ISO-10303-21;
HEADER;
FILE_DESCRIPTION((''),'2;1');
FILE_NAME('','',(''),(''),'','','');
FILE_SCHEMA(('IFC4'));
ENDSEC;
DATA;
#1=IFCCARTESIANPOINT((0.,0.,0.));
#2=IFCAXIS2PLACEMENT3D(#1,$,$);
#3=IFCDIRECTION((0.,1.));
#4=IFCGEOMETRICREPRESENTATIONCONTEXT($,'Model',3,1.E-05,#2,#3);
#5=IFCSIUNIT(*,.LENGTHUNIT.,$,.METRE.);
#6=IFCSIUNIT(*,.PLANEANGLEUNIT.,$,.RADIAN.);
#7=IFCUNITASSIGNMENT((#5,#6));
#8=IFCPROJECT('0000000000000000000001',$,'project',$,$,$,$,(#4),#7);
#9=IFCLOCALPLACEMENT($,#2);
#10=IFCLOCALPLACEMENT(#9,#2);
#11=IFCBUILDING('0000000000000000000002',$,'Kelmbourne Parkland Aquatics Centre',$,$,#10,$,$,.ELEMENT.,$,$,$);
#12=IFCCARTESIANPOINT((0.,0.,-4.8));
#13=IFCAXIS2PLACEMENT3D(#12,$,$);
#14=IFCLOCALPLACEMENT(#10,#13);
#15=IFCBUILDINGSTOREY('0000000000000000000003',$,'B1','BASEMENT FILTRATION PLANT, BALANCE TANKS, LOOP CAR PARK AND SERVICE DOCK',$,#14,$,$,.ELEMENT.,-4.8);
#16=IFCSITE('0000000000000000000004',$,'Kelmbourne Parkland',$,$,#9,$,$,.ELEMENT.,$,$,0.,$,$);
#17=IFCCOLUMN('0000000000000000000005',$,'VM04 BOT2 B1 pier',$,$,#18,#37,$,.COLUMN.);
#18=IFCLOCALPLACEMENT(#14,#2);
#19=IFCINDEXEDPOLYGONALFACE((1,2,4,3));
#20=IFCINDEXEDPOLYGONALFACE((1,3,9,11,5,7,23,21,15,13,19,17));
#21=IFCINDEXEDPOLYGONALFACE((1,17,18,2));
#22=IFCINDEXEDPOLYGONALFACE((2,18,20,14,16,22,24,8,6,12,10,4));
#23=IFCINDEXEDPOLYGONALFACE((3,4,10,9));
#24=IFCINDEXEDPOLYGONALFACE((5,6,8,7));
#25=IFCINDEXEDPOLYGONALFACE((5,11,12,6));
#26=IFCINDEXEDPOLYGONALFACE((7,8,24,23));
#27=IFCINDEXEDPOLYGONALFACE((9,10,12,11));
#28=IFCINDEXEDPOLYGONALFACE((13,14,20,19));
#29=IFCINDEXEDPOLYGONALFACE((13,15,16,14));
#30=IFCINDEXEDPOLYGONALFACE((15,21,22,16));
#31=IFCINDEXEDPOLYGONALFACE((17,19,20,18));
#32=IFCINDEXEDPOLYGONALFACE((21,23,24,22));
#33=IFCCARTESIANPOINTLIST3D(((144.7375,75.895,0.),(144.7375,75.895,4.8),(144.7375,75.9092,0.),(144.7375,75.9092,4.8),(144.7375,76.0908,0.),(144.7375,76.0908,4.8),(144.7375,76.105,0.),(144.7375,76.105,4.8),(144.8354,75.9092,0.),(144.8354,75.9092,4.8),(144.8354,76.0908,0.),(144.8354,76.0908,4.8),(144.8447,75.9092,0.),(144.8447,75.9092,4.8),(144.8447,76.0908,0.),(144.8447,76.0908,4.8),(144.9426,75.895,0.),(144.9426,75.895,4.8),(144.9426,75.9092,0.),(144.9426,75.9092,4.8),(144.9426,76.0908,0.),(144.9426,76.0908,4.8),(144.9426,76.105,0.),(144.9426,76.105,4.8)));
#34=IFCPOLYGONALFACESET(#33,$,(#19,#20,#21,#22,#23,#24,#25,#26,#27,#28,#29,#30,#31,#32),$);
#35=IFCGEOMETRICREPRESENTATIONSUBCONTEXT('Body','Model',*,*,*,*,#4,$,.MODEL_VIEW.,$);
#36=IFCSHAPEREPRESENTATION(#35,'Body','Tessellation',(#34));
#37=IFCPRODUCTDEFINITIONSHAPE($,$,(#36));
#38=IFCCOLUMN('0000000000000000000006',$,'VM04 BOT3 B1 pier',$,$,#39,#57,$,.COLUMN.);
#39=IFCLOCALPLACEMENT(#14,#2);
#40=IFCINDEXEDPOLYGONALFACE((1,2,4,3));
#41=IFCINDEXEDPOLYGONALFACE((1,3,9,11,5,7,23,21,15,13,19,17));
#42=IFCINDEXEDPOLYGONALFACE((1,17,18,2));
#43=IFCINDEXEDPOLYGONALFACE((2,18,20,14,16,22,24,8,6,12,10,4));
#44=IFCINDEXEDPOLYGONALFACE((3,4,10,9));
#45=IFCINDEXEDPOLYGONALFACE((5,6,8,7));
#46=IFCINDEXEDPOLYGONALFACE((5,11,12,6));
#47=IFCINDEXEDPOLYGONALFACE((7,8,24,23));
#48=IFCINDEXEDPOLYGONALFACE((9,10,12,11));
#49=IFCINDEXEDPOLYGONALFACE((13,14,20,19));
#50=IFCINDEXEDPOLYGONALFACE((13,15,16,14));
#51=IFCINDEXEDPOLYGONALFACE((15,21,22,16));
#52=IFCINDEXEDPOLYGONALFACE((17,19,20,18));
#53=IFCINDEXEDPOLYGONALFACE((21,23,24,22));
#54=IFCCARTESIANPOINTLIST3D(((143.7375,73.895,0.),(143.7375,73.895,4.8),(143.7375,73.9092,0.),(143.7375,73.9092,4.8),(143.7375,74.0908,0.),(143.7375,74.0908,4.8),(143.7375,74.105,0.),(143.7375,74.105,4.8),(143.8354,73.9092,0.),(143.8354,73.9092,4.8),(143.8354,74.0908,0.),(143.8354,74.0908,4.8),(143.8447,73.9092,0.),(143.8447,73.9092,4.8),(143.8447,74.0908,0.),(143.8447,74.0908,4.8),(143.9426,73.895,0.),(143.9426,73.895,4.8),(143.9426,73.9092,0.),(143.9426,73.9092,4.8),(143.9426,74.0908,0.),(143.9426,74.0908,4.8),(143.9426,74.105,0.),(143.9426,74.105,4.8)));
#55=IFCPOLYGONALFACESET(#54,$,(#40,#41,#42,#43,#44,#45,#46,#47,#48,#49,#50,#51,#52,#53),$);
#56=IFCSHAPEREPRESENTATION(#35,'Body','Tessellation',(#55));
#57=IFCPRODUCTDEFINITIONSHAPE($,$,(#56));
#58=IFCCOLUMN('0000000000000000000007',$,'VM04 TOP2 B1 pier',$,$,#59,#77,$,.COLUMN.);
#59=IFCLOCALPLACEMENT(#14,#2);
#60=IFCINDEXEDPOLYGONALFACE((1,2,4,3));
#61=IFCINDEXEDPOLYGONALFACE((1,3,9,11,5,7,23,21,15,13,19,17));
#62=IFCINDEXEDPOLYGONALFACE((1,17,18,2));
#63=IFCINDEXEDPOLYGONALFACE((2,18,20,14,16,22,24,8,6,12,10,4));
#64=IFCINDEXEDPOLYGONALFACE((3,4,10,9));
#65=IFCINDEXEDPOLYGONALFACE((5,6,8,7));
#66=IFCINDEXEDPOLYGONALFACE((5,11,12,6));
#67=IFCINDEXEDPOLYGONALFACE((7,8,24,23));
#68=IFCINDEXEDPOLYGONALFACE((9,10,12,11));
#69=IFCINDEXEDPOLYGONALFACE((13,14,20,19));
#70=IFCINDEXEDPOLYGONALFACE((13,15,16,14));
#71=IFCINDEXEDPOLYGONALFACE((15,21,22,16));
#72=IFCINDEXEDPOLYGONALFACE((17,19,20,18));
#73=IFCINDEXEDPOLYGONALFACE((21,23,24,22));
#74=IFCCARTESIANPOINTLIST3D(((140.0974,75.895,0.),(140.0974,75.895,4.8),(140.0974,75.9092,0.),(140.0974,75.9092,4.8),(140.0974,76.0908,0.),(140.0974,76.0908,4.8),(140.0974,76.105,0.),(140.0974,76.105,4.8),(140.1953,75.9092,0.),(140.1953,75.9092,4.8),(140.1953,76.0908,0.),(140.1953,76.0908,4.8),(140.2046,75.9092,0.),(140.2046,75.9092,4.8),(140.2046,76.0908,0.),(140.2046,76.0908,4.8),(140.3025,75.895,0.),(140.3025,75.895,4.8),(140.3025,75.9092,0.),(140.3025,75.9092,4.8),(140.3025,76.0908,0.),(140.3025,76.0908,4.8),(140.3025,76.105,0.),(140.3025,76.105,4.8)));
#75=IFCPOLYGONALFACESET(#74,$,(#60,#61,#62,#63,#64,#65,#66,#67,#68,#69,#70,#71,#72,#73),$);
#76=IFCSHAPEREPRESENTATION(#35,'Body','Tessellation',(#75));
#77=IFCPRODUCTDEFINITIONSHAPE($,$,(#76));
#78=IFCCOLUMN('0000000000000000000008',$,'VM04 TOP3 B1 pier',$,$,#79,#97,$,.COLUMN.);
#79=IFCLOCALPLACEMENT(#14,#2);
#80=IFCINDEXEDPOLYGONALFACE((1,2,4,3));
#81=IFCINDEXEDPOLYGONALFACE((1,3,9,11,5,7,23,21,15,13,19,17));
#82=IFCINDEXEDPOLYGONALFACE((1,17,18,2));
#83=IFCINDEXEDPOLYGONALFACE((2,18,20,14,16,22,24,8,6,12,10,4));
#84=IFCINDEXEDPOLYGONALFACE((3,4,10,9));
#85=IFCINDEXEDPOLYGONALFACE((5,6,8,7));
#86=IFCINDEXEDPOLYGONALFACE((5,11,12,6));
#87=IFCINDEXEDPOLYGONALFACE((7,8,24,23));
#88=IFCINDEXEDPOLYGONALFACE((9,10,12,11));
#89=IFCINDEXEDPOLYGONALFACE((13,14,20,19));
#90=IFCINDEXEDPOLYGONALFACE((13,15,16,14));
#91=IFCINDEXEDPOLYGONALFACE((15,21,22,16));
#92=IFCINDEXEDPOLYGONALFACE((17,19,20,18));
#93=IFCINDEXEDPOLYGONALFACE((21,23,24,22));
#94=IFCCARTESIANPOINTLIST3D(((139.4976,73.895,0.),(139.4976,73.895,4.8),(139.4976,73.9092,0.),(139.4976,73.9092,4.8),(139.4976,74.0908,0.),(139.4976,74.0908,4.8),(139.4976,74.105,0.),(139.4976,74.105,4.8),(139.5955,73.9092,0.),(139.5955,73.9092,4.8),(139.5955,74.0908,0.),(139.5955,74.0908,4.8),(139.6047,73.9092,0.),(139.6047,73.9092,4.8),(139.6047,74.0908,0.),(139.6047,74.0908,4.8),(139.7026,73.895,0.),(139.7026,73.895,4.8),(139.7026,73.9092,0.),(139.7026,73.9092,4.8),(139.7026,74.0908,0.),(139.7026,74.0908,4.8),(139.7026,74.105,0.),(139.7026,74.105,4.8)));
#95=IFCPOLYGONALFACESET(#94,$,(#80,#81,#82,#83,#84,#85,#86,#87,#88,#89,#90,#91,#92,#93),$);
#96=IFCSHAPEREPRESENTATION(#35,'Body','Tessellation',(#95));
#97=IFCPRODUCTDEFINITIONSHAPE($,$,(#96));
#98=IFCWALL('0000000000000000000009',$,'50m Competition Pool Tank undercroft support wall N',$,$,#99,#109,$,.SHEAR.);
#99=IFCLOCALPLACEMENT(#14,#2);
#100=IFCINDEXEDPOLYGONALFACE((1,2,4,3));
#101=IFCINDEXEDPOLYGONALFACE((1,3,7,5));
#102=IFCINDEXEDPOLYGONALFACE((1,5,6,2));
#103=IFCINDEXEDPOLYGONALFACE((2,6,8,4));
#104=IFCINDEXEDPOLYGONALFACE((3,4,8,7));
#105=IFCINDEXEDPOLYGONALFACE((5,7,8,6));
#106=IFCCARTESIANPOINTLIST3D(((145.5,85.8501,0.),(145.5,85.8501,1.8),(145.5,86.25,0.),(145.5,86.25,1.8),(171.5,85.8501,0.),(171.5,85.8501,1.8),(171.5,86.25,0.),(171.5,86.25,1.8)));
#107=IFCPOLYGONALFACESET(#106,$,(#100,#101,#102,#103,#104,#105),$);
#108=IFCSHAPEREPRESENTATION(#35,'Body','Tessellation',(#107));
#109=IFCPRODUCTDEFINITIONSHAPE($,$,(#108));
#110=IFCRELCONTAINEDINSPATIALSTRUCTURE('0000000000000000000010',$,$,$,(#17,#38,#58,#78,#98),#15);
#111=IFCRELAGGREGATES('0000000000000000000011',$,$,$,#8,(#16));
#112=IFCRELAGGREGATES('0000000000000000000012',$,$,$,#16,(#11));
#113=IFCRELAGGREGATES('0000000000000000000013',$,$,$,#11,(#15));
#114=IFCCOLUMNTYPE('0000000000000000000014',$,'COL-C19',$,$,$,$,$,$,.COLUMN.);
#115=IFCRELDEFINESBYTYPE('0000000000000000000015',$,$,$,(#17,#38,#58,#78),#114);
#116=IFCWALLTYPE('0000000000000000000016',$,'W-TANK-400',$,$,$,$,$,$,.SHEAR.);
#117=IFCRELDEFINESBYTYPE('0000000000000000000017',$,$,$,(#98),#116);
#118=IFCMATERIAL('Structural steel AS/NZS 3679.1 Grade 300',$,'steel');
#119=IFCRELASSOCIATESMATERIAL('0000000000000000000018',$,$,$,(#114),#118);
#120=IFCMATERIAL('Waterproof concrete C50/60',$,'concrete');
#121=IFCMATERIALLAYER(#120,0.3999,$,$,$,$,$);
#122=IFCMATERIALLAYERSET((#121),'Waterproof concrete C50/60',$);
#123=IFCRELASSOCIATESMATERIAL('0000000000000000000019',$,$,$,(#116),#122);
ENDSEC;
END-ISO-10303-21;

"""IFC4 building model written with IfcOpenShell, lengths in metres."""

from ifc_helpers import new_model, si_unit, direction, frame, frame_2d, origin, origin_2d, place, context, subcontext, project, spatial, rectangle, i_section, extrude, material, layer, layer_set, material_profile, profile_set, type_object, element, save


model = new_model("IFC4")

# Units and contexts
model_context = context("Model", 3, precision=1e-05, world=origin(), true_north=direction((0.0, 1.0)))
body_context = subcontext(model_context, "Body", "Model", "MODEL_VIEW")
ifc_project = project(units=[si_unit("LENGTHUNIT", "METRE"), si_unit("PLANEANGLEUNIT", "RADIAN")], contexts=[model_context])

# Site, building, storey
site_placement = place(None, origin())
site = spatial("IfcSite", under=ifc_project, at=site_placement, Name="Kelmbourne Parkland", CompositionType="ELEMENT", RefElevation=0.0)
building_placement = place(site_placement, origin())
building = spatial("IfcBuilding", under=site, at=building_placement, Name="Kelmbourne Parkland Aquatics Centre", CompositionType="ELEMENT")
storey_placement = place(building_placement, frame((0.0, 0.0, -4.8)))
storey = spatial("IfcBuildingStorey", under=building, at=storey_placement, Name="B1", Description="BASEMENT FILTRATION PLANT, BALANCE TANKS, LOOP CAR PARK AND SERVICE DOCK", CompositionType="ELEMENT", Elevation=-4.8)

# Shared definitions
ifc_material_1 = material(Name="Waterproof concrete C50/60", Category="concrete")

# Columns
ifc_material_2 = material(Name="Structural steel AS/NZS 3679.1 Grade 300", Category="steel")
ifc_material_profile_1 = material_profile(ifc_material_2, i_section(OverallWidth=0.2051, OverallDepth=0.21, WebThickness=0.0093, FlangeThickness=0.0142, at=origin_2d()), Name="200UC59.5")
ifc_profile_set_1 = profile_set([ifc_material_profile_1], Name="Structural steel AS/NZS 3679.1 Grade 300")
column_type_1 = type_object("IfcColumnType", Name="COL-C19", PredefinedType="COLUMN", material=ifc_profile_set_1)
for number, where, z_axis, x_axis, name in (
    (1, (144.8401, 76.0, 0.0), (0.0, 0.0, 1.0), (1.0, 0.0, 0.0), "VM04 BOT2 B1 pier"),
    (2, (143.8401, 74.0, 0.0), (0.0, 0.0, 1.0), (1.0, 0.0, 0.0), "VM04 BOT3 B1 pier"),
    (3, (140.2, 76.0, 0.0), (0.0, 0.0, 1.0), (1.0, 0.0, 0.0), "VM04 TOP2 B1 pier"),
    (4, (139.6001, 74.0, 0.0), (0.0, 0.0, 1.0), (1.0, 0.0, 0.0), "VM04 TOP3 B1 pier"),
):
    element("IfcColumn", number, at=place(storey_placement, frame(where, z_axis=z_axis, x_axis=x_axis)), inside=storey, type_object=column_type_1, Name=name, PredefinedType="COLUMN", context=body_context, shape_type="SweptSolid", body=[
        extrude(i_section(OverallWidth=0.2051, OverallDepth=0.21, WebThickness=0.0093, FlangeThickness=0.0142, at=origin_2d()), origin(), (0.0, 0.0, 1.0), 4.8),
    ])

# Wall
ifc_layer = layer(ifc_material_1, 0.3999)
ifc_layer_set = layer_set([ifc_layer], Name="Waterproof concrete C50/60")
wall_type = type_object("IfcWallType", Name="W-TANK-400", PredefinedType="SHEAR", material=ifc_layer_set)
wall_placement = place(storey_placement, frame((145.5, 86.05, 0.0), z_axis=(0.0, 0.0, 1.0), x_axis=(1.0, 0.0, 0.0)))
element("IfcWall", 5, at=wall_placement, inside=storey, type_object=wall_type, Name="50m Competition Pool Tank undercroft support wall N", PredefinedType="SHEAR", context=body_context, shape_type="SweptSolid", body=[
    extrude(rectangle(XDim=26.0, YDim=0.3999, at=frame_2d((13.0, 0.0))), origin(), (0.0, 0.0, 1.0), 1.8),
])

save(model, "model.ifc")
